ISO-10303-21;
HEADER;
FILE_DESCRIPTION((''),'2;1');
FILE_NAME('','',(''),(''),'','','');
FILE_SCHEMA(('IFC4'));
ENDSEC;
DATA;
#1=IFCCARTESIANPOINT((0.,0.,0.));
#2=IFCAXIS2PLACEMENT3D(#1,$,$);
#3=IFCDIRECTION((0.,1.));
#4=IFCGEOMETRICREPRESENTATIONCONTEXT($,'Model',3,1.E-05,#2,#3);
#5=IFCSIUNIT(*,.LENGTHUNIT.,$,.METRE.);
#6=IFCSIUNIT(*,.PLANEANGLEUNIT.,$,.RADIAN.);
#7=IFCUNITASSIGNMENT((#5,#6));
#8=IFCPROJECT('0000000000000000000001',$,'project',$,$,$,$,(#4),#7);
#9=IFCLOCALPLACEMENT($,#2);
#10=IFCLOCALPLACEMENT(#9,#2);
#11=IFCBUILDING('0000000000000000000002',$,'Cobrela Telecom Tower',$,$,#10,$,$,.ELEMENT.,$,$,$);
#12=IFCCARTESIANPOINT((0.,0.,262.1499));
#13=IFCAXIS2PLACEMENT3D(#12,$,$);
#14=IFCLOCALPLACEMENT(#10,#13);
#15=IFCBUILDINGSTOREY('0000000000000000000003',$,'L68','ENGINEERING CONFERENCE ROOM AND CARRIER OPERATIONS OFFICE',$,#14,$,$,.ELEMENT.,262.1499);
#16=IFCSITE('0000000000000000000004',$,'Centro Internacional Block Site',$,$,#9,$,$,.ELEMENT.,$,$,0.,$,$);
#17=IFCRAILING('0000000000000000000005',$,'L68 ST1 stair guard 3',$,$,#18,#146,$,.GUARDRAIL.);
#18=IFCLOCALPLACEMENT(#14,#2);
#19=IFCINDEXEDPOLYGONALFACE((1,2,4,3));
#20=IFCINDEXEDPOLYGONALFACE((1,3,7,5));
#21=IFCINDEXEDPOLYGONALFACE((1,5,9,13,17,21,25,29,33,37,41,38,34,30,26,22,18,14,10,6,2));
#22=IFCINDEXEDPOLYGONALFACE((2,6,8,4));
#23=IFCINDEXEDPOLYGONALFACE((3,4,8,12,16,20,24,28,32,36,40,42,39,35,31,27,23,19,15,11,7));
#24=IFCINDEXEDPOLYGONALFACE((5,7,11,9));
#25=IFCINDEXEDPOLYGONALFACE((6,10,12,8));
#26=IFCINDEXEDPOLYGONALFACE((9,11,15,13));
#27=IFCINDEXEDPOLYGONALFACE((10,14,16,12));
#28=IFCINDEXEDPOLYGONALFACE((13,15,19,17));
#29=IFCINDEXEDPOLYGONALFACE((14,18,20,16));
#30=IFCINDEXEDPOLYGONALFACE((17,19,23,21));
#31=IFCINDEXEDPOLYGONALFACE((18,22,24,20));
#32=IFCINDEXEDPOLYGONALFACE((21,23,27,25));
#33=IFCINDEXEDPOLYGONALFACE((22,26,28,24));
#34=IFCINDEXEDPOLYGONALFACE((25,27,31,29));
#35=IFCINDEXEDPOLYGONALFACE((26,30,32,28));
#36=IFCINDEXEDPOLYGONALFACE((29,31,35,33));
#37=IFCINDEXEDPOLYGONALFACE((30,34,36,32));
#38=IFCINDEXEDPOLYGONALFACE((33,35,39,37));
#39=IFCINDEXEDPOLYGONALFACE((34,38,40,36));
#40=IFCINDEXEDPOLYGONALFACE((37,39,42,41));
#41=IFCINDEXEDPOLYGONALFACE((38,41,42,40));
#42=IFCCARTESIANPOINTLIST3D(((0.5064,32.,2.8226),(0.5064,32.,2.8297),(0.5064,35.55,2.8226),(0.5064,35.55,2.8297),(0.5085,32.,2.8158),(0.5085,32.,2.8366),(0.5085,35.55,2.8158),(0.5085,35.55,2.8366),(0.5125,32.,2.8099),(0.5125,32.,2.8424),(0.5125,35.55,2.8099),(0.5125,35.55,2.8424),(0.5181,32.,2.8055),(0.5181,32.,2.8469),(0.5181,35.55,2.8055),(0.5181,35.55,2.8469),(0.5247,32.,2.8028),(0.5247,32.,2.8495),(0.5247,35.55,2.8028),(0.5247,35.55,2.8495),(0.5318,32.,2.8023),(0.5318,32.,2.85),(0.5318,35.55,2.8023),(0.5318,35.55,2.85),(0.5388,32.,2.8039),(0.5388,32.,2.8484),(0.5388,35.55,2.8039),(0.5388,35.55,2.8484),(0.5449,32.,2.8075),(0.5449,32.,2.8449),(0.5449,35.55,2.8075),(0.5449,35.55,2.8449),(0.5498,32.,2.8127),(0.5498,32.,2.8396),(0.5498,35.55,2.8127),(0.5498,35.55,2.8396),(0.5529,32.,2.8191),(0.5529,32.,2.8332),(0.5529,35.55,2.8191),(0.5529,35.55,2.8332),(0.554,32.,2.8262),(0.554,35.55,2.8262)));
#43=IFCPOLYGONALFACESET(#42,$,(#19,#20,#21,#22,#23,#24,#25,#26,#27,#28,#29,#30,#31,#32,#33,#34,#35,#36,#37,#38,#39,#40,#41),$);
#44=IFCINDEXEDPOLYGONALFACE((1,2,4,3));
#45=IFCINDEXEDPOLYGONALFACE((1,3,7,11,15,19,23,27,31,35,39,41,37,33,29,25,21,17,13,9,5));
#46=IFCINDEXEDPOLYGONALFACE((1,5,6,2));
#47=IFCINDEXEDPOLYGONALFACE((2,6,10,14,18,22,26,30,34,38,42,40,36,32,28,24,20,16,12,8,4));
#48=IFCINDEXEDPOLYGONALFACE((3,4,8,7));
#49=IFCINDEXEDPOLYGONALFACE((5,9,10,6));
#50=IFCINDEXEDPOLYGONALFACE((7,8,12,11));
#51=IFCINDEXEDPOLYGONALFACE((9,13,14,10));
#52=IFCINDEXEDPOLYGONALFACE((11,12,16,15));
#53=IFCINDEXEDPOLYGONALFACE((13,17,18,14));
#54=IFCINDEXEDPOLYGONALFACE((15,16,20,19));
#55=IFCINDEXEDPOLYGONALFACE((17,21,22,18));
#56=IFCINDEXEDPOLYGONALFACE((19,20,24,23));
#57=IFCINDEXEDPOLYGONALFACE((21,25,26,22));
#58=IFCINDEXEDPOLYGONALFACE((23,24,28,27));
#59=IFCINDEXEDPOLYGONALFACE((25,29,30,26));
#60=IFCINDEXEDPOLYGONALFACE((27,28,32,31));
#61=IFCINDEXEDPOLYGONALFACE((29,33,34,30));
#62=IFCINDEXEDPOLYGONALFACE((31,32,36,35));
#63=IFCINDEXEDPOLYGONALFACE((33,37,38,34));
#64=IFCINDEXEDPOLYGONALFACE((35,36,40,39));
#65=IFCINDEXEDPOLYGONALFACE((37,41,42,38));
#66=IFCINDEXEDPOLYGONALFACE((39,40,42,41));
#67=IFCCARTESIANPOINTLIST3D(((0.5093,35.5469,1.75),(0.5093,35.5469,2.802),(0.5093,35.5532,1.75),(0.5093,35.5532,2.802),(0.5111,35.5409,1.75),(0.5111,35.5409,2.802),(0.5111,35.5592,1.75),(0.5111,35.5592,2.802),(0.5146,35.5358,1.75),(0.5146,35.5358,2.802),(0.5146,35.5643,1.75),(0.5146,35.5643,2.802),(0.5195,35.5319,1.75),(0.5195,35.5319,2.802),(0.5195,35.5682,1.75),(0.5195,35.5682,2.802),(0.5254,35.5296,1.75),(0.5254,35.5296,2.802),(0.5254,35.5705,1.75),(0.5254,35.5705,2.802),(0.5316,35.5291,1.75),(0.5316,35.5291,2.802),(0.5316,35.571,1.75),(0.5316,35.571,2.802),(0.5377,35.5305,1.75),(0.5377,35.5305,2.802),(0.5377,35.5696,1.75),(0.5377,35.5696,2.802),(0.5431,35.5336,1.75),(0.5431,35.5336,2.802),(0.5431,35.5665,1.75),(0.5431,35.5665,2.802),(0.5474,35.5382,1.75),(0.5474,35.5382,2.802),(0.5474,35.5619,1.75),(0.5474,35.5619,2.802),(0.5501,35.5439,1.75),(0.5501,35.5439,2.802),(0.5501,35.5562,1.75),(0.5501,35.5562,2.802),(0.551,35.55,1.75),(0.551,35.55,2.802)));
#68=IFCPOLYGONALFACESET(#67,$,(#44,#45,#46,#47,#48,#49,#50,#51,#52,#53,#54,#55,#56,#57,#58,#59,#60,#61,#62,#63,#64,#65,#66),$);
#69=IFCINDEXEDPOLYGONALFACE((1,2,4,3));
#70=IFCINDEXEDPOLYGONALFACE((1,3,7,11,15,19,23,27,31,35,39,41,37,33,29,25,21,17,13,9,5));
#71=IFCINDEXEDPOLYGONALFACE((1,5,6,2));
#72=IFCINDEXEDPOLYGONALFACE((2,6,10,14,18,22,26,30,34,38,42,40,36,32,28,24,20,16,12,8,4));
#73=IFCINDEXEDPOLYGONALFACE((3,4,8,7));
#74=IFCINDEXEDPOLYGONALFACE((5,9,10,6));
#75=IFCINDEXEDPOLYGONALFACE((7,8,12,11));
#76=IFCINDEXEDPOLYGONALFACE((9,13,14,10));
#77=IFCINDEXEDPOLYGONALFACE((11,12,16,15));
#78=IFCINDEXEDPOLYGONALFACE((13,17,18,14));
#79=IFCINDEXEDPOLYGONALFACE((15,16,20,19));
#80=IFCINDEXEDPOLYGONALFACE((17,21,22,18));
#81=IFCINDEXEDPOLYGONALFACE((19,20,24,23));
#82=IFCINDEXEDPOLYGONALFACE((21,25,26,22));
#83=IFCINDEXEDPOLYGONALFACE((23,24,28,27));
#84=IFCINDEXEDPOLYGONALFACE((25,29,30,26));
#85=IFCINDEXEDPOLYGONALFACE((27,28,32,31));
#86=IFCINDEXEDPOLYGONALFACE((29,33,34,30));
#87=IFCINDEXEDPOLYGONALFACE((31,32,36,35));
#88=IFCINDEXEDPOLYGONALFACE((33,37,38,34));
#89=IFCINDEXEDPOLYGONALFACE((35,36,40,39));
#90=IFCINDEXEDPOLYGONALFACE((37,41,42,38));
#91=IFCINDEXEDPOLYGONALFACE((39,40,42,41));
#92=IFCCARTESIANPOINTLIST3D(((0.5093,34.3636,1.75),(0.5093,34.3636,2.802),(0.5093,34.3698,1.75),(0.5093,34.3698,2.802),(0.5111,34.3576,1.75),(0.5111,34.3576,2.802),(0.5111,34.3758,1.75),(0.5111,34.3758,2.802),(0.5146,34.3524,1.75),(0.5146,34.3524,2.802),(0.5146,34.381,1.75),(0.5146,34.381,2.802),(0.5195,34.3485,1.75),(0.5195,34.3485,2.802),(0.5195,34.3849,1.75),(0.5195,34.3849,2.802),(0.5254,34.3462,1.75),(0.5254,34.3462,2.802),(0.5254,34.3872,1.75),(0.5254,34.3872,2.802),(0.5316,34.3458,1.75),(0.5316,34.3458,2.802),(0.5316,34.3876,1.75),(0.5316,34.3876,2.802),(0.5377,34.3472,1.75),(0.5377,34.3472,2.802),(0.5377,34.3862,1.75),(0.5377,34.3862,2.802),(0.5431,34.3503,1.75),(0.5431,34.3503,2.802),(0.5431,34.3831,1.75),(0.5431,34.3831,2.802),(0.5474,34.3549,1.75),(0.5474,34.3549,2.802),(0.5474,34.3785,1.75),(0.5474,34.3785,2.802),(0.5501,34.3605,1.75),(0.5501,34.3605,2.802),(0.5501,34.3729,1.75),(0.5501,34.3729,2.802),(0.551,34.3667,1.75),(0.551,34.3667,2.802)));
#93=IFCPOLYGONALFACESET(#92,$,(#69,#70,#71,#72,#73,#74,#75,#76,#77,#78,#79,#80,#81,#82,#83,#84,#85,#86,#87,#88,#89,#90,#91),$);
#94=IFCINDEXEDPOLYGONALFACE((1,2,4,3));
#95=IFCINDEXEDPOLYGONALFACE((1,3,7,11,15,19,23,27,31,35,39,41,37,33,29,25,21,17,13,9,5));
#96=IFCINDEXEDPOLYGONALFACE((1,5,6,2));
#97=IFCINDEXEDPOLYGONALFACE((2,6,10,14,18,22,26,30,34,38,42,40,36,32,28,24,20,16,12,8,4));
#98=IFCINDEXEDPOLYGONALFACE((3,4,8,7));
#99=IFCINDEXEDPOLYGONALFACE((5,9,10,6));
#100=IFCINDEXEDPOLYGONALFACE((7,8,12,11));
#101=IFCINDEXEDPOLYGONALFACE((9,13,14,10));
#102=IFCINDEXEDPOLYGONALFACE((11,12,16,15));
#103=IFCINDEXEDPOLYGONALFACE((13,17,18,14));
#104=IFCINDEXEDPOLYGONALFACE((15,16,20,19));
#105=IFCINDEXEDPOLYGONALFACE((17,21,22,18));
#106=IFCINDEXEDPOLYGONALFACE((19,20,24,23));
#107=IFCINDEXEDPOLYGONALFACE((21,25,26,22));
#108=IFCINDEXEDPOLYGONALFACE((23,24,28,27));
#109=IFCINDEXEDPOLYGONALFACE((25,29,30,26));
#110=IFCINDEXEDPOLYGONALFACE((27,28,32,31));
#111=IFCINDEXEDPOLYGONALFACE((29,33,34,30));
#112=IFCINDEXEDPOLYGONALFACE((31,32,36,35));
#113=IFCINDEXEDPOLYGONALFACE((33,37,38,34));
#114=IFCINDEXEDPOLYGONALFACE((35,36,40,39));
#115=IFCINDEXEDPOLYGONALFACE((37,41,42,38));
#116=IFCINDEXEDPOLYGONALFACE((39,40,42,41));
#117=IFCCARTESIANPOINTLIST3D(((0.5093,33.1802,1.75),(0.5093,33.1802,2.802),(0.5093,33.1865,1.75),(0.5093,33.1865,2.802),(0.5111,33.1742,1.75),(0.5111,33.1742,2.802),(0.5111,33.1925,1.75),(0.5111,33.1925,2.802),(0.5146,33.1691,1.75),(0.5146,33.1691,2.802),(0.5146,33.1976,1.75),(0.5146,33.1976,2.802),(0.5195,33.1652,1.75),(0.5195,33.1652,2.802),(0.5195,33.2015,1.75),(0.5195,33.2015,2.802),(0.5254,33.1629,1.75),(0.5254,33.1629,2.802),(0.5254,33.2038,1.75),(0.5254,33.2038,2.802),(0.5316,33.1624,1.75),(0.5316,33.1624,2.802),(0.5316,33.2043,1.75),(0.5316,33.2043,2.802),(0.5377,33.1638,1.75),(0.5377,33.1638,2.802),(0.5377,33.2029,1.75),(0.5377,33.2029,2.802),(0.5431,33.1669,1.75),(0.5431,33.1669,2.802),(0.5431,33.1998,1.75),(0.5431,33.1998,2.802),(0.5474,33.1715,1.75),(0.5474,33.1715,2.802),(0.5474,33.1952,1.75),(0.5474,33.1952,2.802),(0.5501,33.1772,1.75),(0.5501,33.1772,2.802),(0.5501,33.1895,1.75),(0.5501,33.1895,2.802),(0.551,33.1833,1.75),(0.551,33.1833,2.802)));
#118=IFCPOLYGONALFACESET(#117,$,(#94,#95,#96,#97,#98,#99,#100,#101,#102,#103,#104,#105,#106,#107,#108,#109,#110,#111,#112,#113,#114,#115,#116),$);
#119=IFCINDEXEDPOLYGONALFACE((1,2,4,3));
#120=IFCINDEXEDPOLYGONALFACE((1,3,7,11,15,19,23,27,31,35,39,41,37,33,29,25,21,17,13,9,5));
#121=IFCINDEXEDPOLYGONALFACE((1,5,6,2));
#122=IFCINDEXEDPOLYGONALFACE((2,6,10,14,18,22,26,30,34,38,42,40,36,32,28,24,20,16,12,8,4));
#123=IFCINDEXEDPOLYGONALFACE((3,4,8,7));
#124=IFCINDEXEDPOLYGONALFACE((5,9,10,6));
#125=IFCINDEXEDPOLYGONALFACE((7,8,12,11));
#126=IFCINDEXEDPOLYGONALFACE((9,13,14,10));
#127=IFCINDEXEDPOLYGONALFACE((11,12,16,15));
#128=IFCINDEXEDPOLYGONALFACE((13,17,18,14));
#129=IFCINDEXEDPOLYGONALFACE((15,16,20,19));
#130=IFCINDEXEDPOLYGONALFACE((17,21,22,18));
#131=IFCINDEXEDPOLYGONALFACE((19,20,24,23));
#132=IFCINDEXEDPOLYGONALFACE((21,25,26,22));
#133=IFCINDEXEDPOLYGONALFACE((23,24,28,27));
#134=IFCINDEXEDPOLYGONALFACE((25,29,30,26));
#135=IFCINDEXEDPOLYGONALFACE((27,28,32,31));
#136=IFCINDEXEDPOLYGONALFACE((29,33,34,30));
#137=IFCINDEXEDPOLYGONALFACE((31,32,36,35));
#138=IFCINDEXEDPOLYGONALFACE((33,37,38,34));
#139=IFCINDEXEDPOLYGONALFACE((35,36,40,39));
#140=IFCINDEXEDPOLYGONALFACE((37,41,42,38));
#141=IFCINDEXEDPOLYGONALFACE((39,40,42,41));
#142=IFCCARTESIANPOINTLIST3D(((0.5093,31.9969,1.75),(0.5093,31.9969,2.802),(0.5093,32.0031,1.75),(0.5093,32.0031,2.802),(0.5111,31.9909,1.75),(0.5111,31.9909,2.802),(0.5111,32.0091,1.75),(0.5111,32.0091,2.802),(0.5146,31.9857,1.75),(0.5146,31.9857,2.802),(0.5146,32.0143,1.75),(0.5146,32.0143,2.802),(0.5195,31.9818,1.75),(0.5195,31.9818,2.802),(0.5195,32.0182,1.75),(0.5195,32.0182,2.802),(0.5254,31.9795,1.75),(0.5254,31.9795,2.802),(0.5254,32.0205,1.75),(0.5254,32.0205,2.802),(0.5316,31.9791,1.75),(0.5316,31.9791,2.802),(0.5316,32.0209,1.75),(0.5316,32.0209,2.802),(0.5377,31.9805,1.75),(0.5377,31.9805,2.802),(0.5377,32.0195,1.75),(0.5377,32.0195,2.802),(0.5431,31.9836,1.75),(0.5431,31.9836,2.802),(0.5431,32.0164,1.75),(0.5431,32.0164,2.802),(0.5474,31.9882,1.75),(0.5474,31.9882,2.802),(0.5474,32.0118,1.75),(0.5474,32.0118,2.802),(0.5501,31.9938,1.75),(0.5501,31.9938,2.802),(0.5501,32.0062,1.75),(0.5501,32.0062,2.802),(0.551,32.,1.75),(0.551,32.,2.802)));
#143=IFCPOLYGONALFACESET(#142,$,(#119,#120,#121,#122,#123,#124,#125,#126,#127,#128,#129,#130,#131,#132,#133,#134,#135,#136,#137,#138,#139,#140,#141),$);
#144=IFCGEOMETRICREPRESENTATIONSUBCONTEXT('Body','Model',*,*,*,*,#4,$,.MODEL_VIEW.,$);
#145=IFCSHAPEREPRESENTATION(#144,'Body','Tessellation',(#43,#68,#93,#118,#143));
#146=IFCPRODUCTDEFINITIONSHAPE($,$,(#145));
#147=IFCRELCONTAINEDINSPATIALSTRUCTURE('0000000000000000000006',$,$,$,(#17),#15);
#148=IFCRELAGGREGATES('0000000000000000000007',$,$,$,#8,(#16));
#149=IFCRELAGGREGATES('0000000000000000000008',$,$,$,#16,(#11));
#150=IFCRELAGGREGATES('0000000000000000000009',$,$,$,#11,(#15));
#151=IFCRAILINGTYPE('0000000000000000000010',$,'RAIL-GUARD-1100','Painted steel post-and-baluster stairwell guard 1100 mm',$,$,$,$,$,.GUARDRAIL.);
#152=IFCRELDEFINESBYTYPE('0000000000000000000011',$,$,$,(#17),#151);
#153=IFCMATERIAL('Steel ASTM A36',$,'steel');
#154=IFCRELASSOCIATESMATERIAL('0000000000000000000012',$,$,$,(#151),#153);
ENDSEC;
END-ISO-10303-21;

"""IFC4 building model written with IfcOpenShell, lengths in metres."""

from ifc_helpers import new_model, si_unit, direction, frame, origin, origin_2d, place, context, subcontext, project, spatial, circle, extrude, material, type_object, element, save


model = new_model("IFC4")

# Units and contexts
model_context = context("Model", 3, precision=1e-05, world=origin(), true_north=direction((0.0, 1.0)))
body_context = subcontext(model_context, "Body", "Model", "MODEL_VIEW")
ifc_project = project(units=[si_unit("LENGTHUNIT", "METRE"), si_unit("PLANEANGLEUNIT", "RADIAN")], contexts=[model_context])

# Site, building, storey
site_placement = place(None, origin())
site = spatial("IfcSite", under=ifc_project, at=site_placement, Name="Centro Internacional Block Site", CompositionType="ELEMENT", RefElevation=0.0)
building_placement = place(site_placement, origin())
building = spatial("IfcBuilding", under=site, at=building_placement, Name="Cobrela Telecom Tower", CompositionType="ELEMENT")
storey_placement = place(building_placement, frame((0.0, 0.0, 262.1499)))
storey = spatial("IfcBuildingStorey", under=building, at=storey_placement, Name="L68", Description="ENGINEERING CONFERENCE ROOM AND CARRIER OPERATIONS OFFICE", CompositionType="ELEMENT", Elevation=262.1499)

# Shared definitions
ifc_material_1 = material(Name="Steel ASTM A36", Category="steel")

# Railing
railing_type_1 = type_object("IfcRailingType", Name="RAIL-GUARD-1100", Description="Painted steel post-and-baluster stairwell guard 1100 mm", PredefinedType="GUARDRAIL", material=ifc_material_1)
railing_1_placement = place(storey_placement, frame((0.53, 35.55, 1.75)))
element("IfcRailing", 1, at=railing_1_placement, inside=storey, type_object=railing_type_1, Name="L68 ST1 stair guard 3", PredefinedType="GUARDRAIL", context=body_context, shape_type="SweptSolid", body=[
    extrude(circle(Radius=0.0239, at=origin_2d()), frame((0.0, 0.0, 1.0762), z_axis=(0.0, -1.0, 0.0), x_axis=(1.0, 0.0, 0.0)), (0.0, 0.0, 1.0), 3.55),
    extrude(circle(Radius=0.021, at=origin_2d()), origin(), (0.0, 0.0, 1.0), 1.052),
    extrude(circle(Radius=0.021, at=origin_2d()), frame((0.0, -1.1833, 0.0)), (0.0, 0.0, 1.0), 1.052),
    extrude(circle(Radius=0.021, at=origin_2d()), frame((0.0, -2.3667, 0.0)), (0.0, 0.0, 1.0), 1.052),
    extrude(circle(Radius=0.021, at=origin_2d()), frame((0.0, -3.55, 0.0)), (0.0, 0.0, 1.0), 1.052),
])

save(model, "model.ifc")
